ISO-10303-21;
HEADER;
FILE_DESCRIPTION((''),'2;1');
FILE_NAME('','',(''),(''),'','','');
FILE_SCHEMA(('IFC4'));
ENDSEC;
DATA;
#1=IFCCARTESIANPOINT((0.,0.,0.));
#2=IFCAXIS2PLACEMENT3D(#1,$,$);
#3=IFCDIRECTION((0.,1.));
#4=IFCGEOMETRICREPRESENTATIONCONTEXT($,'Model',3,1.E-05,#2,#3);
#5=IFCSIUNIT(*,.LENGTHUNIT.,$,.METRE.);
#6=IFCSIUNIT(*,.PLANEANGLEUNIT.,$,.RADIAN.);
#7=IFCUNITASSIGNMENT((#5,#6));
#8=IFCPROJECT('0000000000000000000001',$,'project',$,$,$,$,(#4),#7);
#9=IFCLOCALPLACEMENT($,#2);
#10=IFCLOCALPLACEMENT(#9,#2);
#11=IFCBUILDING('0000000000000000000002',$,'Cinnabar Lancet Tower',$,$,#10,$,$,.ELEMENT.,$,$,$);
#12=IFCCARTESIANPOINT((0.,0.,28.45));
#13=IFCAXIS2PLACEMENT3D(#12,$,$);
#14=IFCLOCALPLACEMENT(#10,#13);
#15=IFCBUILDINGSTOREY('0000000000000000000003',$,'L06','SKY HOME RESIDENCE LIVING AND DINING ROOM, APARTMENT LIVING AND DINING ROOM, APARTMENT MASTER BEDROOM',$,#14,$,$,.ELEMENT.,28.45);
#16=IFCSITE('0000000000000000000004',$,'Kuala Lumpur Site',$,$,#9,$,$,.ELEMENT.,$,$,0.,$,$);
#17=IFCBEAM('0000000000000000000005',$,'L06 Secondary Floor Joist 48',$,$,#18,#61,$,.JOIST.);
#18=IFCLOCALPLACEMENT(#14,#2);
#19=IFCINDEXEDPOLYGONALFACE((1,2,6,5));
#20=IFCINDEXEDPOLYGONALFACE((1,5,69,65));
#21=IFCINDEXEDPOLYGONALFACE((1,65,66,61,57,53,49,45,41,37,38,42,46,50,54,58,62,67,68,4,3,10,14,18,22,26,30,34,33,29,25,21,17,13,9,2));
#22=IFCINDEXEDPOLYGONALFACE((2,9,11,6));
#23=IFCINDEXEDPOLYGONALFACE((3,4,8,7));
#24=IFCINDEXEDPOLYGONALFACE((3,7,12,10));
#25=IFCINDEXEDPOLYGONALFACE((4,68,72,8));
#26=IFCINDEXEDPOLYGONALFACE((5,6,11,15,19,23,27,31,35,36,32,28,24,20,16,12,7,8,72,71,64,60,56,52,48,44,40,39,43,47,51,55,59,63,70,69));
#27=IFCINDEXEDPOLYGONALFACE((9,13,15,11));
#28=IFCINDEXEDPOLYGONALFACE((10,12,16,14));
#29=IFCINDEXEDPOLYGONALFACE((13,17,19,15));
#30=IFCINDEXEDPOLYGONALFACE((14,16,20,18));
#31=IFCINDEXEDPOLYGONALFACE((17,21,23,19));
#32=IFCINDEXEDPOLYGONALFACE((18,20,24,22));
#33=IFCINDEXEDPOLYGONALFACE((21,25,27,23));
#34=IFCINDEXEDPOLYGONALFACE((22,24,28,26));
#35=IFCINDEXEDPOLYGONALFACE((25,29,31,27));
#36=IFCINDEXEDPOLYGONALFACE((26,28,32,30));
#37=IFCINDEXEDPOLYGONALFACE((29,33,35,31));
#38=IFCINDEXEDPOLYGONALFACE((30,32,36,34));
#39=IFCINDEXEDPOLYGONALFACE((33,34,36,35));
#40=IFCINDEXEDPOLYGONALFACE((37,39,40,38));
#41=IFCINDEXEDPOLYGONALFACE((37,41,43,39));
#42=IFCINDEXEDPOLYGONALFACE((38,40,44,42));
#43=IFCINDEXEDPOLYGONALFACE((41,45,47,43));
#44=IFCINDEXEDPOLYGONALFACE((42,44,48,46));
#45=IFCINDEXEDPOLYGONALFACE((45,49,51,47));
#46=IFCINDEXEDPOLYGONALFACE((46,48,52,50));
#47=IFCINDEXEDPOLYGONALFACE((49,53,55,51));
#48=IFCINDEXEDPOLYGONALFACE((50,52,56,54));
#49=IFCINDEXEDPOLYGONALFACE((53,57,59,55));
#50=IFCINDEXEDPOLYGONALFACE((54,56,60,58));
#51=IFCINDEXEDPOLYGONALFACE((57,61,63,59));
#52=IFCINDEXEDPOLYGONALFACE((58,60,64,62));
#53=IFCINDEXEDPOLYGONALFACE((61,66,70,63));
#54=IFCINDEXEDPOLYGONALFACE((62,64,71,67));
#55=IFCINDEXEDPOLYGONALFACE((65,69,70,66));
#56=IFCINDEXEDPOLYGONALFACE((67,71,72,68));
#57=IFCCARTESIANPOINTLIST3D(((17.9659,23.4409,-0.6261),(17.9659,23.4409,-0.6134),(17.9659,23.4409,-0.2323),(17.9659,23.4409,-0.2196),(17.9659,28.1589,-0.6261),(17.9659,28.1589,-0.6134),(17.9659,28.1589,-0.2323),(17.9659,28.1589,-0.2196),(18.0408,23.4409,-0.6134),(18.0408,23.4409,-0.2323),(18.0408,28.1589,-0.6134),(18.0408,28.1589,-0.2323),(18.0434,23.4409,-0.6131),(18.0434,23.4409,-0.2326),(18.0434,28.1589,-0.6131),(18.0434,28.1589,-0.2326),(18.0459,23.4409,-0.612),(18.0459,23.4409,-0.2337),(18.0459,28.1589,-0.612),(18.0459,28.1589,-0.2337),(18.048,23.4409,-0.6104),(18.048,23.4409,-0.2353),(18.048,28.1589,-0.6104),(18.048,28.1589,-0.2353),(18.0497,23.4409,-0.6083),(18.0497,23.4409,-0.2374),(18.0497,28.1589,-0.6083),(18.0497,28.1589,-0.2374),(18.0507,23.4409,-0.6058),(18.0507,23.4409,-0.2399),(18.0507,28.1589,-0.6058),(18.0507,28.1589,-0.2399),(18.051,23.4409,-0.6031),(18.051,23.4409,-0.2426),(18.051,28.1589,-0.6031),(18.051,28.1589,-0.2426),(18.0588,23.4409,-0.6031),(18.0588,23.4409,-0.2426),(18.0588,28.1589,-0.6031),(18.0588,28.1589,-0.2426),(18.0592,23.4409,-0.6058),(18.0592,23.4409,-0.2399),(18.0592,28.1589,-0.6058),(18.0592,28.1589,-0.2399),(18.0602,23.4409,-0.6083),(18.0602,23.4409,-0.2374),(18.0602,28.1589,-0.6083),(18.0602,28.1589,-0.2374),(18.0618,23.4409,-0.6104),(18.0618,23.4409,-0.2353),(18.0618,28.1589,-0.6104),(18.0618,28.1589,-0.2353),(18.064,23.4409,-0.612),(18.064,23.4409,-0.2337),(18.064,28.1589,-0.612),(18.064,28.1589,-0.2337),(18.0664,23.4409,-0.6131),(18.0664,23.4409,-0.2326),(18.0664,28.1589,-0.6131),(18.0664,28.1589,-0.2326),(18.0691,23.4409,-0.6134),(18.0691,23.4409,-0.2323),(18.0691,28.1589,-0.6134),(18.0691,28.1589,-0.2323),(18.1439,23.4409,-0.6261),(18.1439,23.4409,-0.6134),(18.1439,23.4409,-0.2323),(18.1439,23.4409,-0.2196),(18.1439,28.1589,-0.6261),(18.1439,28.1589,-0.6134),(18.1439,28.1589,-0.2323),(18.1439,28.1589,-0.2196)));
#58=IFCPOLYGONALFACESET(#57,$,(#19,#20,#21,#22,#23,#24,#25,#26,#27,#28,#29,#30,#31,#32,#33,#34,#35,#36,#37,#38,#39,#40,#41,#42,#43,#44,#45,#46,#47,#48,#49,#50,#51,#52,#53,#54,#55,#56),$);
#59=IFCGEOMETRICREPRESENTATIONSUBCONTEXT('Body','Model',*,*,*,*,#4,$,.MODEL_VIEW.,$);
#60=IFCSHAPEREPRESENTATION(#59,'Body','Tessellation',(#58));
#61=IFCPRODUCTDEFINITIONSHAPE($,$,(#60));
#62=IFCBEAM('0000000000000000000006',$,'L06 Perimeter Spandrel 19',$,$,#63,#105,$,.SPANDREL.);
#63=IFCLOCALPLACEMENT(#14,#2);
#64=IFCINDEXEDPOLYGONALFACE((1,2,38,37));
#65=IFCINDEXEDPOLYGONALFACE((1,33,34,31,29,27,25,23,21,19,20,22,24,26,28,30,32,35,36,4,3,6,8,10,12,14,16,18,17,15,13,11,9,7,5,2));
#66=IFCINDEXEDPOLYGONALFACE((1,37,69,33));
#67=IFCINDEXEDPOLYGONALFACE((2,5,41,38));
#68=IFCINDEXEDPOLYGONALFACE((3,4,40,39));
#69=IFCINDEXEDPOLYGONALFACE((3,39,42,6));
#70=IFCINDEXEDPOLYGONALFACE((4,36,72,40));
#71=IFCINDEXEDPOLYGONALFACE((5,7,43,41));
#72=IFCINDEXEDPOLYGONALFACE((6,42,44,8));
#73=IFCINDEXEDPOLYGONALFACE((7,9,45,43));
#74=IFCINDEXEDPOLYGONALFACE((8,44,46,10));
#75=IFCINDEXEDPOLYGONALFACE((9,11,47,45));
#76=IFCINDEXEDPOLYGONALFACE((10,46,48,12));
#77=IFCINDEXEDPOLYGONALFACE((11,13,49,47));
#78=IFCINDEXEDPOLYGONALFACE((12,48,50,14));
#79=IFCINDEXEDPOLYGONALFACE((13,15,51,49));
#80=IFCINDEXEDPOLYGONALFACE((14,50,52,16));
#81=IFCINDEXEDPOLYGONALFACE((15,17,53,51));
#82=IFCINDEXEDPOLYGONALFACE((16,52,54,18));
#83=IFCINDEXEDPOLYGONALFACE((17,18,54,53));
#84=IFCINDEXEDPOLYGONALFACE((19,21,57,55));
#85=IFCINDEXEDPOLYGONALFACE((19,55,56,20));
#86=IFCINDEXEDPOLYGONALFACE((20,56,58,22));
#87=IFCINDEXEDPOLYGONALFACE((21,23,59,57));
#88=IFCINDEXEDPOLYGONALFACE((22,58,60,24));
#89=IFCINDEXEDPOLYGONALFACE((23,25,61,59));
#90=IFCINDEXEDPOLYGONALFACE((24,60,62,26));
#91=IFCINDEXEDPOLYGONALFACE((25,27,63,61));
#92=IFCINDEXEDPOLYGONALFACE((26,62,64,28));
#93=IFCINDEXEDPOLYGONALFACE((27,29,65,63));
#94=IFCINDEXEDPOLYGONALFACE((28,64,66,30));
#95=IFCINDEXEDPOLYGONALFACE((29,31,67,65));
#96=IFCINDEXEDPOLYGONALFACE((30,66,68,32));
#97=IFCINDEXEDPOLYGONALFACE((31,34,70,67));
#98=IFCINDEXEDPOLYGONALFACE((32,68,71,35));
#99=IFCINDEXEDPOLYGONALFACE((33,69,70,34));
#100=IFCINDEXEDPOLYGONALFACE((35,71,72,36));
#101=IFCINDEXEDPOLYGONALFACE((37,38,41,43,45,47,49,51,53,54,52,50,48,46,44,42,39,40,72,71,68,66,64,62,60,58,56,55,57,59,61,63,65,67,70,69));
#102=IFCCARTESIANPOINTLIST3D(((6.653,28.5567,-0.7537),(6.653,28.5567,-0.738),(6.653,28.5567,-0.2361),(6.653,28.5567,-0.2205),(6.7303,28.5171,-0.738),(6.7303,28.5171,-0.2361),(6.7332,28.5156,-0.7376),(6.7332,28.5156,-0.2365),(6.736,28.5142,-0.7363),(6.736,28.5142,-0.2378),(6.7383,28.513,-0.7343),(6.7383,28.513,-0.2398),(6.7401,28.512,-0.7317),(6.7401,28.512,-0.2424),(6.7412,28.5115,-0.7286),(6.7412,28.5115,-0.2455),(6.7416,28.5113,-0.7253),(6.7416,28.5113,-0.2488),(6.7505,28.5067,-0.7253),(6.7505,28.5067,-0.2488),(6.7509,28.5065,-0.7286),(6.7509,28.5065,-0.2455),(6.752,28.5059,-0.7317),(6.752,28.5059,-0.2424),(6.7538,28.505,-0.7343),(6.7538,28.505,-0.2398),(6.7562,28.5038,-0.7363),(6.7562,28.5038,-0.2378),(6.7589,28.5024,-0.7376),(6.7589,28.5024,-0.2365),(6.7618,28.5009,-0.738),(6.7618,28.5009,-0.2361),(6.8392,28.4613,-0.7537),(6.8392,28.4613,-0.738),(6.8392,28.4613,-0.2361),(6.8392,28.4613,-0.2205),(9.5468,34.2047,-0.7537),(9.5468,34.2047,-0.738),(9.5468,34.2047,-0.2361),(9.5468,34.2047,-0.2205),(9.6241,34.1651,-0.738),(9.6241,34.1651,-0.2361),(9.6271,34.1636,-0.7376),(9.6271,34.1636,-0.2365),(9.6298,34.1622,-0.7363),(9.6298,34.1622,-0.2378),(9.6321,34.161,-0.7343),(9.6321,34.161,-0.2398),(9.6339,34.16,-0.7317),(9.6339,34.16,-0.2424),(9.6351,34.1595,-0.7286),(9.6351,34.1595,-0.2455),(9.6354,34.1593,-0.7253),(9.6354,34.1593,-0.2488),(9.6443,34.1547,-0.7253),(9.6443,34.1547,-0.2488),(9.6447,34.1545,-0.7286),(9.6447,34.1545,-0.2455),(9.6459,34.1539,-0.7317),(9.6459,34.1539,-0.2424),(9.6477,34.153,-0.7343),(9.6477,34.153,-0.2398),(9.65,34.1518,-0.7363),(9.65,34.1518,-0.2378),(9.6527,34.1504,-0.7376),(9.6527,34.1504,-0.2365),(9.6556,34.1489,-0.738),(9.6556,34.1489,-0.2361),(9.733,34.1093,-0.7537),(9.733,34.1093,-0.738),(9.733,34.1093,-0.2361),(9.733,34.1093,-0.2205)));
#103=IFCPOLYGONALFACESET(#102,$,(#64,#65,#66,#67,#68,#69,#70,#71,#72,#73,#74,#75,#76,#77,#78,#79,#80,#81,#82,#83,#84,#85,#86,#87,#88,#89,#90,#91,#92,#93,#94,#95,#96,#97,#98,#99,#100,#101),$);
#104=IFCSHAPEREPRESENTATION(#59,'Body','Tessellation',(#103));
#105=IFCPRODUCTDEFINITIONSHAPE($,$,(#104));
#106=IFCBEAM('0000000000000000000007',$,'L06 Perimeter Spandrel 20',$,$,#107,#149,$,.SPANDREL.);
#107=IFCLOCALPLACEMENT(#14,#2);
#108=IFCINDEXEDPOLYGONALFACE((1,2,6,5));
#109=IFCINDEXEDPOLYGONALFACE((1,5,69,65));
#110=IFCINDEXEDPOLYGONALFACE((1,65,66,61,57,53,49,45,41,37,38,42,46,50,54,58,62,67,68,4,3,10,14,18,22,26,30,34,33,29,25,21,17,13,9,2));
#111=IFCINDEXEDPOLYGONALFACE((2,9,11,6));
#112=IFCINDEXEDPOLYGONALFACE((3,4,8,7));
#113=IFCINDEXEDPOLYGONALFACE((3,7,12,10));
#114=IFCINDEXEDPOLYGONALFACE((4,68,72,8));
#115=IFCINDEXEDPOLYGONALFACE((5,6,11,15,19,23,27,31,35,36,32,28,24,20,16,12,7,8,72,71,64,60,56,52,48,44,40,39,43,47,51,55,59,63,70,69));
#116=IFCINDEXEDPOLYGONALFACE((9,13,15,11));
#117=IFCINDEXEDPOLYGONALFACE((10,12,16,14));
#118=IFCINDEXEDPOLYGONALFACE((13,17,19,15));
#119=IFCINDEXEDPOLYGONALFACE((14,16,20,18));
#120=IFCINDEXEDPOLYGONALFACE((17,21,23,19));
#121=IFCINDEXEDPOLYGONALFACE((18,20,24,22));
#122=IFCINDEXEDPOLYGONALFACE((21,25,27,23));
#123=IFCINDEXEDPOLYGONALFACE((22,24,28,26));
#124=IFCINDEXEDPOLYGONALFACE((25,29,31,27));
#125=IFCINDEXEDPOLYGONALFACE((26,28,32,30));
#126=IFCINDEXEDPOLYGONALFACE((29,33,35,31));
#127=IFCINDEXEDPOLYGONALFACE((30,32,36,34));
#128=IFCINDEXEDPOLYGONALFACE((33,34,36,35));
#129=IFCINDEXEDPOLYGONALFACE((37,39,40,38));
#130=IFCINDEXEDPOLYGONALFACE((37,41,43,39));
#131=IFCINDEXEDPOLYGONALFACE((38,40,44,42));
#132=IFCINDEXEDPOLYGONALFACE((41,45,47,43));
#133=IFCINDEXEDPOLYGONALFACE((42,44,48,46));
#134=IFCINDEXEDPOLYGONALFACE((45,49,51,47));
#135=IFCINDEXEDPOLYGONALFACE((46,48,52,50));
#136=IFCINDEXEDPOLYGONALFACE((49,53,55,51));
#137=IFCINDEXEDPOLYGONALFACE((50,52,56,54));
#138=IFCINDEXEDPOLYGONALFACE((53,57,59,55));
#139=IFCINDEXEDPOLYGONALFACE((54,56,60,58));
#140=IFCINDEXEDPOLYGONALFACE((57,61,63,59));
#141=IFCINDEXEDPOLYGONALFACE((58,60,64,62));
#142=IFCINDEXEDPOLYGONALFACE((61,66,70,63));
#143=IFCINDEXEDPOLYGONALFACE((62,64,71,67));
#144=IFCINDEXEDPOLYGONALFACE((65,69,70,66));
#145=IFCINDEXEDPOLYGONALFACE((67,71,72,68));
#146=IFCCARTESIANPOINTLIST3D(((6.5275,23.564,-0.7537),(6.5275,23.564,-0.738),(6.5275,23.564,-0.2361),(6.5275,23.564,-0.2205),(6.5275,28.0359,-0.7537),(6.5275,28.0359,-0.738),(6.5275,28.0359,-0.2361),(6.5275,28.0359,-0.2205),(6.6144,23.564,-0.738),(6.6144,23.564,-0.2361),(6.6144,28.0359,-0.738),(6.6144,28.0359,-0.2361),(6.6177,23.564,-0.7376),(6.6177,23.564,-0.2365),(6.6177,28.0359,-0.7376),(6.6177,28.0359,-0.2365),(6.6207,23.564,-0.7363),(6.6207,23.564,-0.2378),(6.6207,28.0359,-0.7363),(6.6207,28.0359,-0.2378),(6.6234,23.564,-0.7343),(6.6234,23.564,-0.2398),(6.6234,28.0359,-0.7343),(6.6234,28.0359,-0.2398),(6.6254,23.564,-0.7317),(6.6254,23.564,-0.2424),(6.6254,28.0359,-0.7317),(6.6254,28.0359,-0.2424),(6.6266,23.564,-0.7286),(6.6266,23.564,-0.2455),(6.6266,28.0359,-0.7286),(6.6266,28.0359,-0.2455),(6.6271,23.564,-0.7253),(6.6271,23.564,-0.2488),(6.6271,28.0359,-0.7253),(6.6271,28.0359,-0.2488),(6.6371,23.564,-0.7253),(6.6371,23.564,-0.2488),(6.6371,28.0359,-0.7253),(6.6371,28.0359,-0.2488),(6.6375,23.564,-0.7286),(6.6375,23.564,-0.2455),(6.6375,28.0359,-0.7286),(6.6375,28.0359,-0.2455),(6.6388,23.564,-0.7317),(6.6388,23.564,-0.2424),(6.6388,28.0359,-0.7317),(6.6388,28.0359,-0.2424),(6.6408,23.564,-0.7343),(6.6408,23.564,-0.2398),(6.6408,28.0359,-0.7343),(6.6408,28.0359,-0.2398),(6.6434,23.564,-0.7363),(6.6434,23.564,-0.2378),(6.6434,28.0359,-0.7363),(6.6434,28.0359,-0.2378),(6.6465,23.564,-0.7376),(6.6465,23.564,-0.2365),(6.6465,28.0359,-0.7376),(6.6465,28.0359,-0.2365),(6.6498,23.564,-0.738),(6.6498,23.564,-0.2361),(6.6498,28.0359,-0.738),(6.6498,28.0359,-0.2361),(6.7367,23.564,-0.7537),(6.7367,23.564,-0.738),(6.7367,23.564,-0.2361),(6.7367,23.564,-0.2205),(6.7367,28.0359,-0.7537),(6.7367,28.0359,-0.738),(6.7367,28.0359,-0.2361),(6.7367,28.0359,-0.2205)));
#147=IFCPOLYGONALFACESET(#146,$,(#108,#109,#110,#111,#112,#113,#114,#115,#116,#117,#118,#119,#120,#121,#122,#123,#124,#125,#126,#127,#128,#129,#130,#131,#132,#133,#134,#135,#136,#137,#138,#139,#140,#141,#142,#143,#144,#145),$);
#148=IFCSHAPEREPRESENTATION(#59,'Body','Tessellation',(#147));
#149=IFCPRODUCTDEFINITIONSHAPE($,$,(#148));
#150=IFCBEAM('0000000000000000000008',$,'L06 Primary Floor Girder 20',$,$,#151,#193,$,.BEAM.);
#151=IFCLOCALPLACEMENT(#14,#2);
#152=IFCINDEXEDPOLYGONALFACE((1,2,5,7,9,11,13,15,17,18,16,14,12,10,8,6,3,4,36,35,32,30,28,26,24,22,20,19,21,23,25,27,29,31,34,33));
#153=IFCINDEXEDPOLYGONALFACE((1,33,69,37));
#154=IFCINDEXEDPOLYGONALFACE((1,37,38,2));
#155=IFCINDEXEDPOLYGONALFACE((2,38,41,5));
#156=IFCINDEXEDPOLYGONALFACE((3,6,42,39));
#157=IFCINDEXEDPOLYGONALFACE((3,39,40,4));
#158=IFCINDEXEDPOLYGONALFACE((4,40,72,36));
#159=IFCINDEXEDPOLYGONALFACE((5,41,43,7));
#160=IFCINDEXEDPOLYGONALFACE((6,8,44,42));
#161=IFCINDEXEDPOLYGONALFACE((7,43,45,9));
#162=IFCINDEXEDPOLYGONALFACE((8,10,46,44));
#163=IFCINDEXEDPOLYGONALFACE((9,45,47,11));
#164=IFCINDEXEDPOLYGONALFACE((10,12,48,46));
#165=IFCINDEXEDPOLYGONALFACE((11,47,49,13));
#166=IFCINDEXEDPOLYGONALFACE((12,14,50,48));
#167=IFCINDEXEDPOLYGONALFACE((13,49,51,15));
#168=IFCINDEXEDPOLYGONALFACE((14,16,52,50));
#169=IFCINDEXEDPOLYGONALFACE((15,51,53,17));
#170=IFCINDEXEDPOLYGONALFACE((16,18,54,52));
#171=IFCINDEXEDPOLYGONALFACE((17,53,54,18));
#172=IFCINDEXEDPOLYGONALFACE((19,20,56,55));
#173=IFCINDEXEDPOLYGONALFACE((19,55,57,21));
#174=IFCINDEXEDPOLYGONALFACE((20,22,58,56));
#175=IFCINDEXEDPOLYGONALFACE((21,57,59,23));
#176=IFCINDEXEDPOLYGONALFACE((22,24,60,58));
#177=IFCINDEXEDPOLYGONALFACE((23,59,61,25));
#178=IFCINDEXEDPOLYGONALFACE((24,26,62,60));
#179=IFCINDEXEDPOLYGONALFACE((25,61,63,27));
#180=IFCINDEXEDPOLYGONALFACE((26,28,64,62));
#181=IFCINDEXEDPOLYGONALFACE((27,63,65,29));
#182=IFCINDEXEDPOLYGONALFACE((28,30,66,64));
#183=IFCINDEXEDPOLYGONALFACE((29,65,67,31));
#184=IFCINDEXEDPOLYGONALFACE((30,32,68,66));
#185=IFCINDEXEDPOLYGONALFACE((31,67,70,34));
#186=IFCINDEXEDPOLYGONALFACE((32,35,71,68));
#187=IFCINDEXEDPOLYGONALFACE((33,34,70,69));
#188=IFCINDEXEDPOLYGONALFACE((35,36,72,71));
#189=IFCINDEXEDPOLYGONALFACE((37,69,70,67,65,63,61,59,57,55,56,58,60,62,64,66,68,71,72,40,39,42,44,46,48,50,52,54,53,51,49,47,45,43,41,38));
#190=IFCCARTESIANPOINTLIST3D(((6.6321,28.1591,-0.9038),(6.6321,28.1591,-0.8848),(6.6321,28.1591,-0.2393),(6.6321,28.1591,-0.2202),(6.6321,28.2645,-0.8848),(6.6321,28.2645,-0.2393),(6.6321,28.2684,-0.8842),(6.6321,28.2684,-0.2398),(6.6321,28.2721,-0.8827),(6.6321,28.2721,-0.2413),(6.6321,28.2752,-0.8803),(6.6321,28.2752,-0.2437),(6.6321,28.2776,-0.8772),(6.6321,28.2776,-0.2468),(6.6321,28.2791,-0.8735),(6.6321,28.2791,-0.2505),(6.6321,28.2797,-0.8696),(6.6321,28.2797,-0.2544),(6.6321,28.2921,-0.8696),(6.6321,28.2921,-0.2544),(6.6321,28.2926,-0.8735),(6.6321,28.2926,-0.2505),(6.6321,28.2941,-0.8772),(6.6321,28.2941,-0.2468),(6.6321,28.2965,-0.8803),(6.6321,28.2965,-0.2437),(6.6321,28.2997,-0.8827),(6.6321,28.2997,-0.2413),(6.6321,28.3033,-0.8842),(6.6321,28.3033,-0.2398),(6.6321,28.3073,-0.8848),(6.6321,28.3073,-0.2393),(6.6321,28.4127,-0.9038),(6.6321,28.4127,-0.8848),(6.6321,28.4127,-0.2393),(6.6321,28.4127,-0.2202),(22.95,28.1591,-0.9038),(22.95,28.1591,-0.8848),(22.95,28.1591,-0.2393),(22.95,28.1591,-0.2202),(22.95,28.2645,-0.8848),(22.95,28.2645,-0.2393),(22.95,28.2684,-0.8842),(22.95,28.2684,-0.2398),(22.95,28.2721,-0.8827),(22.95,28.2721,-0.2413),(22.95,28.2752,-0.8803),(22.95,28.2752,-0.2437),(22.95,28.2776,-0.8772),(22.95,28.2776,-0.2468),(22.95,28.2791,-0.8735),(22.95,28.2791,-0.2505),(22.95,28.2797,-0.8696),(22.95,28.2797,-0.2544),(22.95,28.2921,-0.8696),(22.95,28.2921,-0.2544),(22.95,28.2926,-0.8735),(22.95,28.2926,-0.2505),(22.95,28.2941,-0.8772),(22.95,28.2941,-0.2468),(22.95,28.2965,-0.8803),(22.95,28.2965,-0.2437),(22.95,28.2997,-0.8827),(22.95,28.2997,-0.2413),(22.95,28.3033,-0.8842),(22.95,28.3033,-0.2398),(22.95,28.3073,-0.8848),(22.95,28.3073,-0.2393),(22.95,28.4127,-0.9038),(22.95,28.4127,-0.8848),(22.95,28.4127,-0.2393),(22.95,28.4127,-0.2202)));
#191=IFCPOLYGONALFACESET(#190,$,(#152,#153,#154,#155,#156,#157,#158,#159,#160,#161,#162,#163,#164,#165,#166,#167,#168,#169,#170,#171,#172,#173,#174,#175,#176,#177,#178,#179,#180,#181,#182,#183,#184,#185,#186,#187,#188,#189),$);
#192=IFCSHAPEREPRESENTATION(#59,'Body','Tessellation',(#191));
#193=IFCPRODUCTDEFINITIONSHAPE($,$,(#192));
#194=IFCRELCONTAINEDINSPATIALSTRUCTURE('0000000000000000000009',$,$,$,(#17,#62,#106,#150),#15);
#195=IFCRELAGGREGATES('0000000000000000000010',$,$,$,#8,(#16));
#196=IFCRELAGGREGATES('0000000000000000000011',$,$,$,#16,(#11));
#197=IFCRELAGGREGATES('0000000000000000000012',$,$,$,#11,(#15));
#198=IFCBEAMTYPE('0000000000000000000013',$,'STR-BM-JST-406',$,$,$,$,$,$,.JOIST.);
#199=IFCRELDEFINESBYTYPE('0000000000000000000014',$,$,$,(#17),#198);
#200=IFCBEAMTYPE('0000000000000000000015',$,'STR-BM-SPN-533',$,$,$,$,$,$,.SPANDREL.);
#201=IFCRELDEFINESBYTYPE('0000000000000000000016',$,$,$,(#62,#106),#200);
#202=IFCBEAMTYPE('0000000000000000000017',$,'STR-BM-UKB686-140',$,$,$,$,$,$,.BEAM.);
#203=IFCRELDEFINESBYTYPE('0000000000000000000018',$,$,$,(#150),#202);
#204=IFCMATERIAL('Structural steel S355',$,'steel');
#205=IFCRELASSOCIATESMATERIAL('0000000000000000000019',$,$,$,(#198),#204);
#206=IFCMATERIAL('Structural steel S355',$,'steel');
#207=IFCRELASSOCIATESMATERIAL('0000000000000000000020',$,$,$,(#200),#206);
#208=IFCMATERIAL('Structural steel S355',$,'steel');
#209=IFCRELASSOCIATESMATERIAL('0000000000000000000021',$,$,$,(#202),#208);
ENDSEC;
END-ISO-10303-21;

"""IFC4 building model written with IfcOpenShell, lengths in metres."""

from ifc_helpers import new_model, si_unit, direction, frame, origin, origin_2d, place, context, subcontext, project, spatial, i_section, extrude, material, material_profile, profile_set, type_object, element, save


model = new_model("IFC4")

# Units and contexts
model_context = context("Model", 3, precision=1e-05, world=origin(), true_north=direction((0.0, 1.0)))
body_context = subcontext(model_context, "Body", "Model", "MODEL_VIEW")
ifc_project = project(units=[si_unit("LENGTHUNIT", "METRE"), si_unit("PLANEANGLEUNIT", "RADIAN")], contexts=[model_context])

# Site, building, storey
site_placement = place(None, origin())
site = spatial("IfcSite", under=ifc_project, at=site_placement, Name="Kuala Lumpur Site", CompositionType="ELEMENT", RefElevation=0.0)
building_placement = place(site_placement, origin())
building = spatial("IfcBuilding", under=site, at=building_placement, Name="Cinnabar Lancet Tower", CompositionType="ELEMENT")
storey_placement = place(building_placement, frame((0.0, 0.0, 28.45)))
storey = spatial("IfcBuildingStorey", under=building, at=storey_placement, Name="L06", Description="SKY HOME RESIDENCE LIVING AND DINING ROOM, APARTMENT LIVING AND DINING ROOM, APARTMENT MASTER BEDROOM", CompositionType="ELEMENT", Elevation=28.45)

# Beams
ifc_material_1 = material(Name="Structural steel S355", Category="steel")
ifc_material_profile_1 = material_profile(ifc_material_1, i_section(OverallWidth=0.178, OverallDepth=0.4065, WebThickness=0.0078, FlangeThickness=0.0127, FilletRadius=0.0103, at=origin_2d()), Name="UKB 406x178x60")
ifc_profile_set_1 = profile_set([ifc_material_profile_1], Name="Structural steel S355")
beam_type_1 = type_object("IfcBeamType", Name="STR-BM-JST-406", PredefinedType="JOIST", material=ifc_profile_set_1)
for number, where, z_axis, x_axis, name in (
    (1, (18.0549, 28.1589, -0.4229), (0.0, -1.0, 0.0), (1.0, 0.0, 0.0), "L06 Secondary Floor Joist 48"),
):
    element("IfcBeam", number, at=place(storey_placement, frame(where, z_axis=z_axis, x_axis=x_axis)), inside=storey, type_object=beam_type_1, Name=name, PredefinedType="JOIST", context=body_context, shape_type="SweptSolid", body=[
        extrude(i_section(OverallWidth=0.178, OverallDepth=0.4065, WebThickness=0.0078, FlangeThickness=0.0127, FilletRadius=0.0103, at=origin_2d()), origin(), (0.0, 0.0, 1.0), 4.718),
    ])
ifc_material_2 = material(Name="Structural steel S355", Category="steel")
ifc_material_profile_2 = material_profile(ifc_material_2, i_section(OverallWidth=0.2092, OverallDepth=0.5332, WebThickness=0.01, FlangeThickness=0.0156, FilletRadius=0.0127, at=origin_2d()), Name="UKB 533x210x92")
ifc_profile_set_2 = profile_set([ifc_material_profile_2], Name="Structural steel S355")
beam_type_2 = type_object("IfcBeamType", Name="STR-BM-SPN-533", PredefinedType="SPANDREL", material=ifc_profile_set_2)
beam_1_placement = place(storey_placement, frame((9.6399, 34.157, -0.4871), z_axis=(-0.455994, -0.889983, 0.0), x_axis=(0.889983, -0.455994, 0.0)))
element("IfcBeam", 2, at=beam_1_placement, inside=storey, type_object=beam_type_2, Name="L06 Perimeter Spandrel 19", PredefinedType="SPANDREL", context=body_context, shape_type="SweptSolid", body=[
    extrude(i_section(OverallWidth=0.2092, OverallDepth=0.5332, WebThickness=0.01, FlangeThickness=0.0156, FilletRadius=0.0127, at=origin_2d()), origin(), (0.0, 0.0, 1.0), 6.3462),
])
beam_2_placement = place(storey_placement, frame((6.6321, 28.0359, -0.4871), z_axis=(0.0, -1.0, 0.0), x_axis=(1.0, 0.0, 0.0)))
element("IfcBeam", 3, at=beam_2_placement, inside=storey, type_object=beam_type_2, Name="L06 Perimeter Spandrel 20", PredefinedType="SPANDREL", context=body_context, shape_type="SweptSolid", body=[
    extrude(i_section(OverallWidth=0.2092, OverallDepth=0.5332, WebThickness=0.01, FlangeThickness=0.0156, FilletRadius=0.0127, at=origin_2d()), origin(), (0.0, 0.0, 1.0), 4.4719),
])
ifc_material_3 = material(Name="Structural steel S355", Category="steel")
ifc_material_profile_3 = material_profile(ifc_material_3, i_section(OverallWidth=0.2537, OverallDepth=0.6836, WebThickness=0.0125, FlangeThickness=0.019, FilletRadius=0.0151, at=origin_2d()), Name="UKB 686x254x140")
ifc_profile_set_3 = profile_set([ifc_material_profile_3], Name="Structural steel S355")
beam_type_3 = type_object("IfcBeamType", Name="STR-BM-UKB686-140", PredefinedType="BEAM", material=ifc_profile_set_3)
beam_3_placement = place(storey_placement, frame((6.6321, 28.2859, -0.562), z_axis=(1.0, 0.0, 0.0), x_axis=(0.0, 1.0, 0.0)))
element("IfcBeam", 4, at=beam_3_placement, inside=storey, type_object=beam_type_3, Name="L06 Primary Floor Girder 20", PredefinedType="BEAM", context=body_context, shape_type="SweptSolid", body=[
    extrude(i_section(OverallWidth=0.2537, OverallDepth=0.6836, WebThickness=0.0125, FlangeThickness=0.019, FilletRadius=0.0151, at=origin_2d()), origin(), (0.0, 0.0, 1.0), 16.3179),
])

save(model, "model.ifc")
